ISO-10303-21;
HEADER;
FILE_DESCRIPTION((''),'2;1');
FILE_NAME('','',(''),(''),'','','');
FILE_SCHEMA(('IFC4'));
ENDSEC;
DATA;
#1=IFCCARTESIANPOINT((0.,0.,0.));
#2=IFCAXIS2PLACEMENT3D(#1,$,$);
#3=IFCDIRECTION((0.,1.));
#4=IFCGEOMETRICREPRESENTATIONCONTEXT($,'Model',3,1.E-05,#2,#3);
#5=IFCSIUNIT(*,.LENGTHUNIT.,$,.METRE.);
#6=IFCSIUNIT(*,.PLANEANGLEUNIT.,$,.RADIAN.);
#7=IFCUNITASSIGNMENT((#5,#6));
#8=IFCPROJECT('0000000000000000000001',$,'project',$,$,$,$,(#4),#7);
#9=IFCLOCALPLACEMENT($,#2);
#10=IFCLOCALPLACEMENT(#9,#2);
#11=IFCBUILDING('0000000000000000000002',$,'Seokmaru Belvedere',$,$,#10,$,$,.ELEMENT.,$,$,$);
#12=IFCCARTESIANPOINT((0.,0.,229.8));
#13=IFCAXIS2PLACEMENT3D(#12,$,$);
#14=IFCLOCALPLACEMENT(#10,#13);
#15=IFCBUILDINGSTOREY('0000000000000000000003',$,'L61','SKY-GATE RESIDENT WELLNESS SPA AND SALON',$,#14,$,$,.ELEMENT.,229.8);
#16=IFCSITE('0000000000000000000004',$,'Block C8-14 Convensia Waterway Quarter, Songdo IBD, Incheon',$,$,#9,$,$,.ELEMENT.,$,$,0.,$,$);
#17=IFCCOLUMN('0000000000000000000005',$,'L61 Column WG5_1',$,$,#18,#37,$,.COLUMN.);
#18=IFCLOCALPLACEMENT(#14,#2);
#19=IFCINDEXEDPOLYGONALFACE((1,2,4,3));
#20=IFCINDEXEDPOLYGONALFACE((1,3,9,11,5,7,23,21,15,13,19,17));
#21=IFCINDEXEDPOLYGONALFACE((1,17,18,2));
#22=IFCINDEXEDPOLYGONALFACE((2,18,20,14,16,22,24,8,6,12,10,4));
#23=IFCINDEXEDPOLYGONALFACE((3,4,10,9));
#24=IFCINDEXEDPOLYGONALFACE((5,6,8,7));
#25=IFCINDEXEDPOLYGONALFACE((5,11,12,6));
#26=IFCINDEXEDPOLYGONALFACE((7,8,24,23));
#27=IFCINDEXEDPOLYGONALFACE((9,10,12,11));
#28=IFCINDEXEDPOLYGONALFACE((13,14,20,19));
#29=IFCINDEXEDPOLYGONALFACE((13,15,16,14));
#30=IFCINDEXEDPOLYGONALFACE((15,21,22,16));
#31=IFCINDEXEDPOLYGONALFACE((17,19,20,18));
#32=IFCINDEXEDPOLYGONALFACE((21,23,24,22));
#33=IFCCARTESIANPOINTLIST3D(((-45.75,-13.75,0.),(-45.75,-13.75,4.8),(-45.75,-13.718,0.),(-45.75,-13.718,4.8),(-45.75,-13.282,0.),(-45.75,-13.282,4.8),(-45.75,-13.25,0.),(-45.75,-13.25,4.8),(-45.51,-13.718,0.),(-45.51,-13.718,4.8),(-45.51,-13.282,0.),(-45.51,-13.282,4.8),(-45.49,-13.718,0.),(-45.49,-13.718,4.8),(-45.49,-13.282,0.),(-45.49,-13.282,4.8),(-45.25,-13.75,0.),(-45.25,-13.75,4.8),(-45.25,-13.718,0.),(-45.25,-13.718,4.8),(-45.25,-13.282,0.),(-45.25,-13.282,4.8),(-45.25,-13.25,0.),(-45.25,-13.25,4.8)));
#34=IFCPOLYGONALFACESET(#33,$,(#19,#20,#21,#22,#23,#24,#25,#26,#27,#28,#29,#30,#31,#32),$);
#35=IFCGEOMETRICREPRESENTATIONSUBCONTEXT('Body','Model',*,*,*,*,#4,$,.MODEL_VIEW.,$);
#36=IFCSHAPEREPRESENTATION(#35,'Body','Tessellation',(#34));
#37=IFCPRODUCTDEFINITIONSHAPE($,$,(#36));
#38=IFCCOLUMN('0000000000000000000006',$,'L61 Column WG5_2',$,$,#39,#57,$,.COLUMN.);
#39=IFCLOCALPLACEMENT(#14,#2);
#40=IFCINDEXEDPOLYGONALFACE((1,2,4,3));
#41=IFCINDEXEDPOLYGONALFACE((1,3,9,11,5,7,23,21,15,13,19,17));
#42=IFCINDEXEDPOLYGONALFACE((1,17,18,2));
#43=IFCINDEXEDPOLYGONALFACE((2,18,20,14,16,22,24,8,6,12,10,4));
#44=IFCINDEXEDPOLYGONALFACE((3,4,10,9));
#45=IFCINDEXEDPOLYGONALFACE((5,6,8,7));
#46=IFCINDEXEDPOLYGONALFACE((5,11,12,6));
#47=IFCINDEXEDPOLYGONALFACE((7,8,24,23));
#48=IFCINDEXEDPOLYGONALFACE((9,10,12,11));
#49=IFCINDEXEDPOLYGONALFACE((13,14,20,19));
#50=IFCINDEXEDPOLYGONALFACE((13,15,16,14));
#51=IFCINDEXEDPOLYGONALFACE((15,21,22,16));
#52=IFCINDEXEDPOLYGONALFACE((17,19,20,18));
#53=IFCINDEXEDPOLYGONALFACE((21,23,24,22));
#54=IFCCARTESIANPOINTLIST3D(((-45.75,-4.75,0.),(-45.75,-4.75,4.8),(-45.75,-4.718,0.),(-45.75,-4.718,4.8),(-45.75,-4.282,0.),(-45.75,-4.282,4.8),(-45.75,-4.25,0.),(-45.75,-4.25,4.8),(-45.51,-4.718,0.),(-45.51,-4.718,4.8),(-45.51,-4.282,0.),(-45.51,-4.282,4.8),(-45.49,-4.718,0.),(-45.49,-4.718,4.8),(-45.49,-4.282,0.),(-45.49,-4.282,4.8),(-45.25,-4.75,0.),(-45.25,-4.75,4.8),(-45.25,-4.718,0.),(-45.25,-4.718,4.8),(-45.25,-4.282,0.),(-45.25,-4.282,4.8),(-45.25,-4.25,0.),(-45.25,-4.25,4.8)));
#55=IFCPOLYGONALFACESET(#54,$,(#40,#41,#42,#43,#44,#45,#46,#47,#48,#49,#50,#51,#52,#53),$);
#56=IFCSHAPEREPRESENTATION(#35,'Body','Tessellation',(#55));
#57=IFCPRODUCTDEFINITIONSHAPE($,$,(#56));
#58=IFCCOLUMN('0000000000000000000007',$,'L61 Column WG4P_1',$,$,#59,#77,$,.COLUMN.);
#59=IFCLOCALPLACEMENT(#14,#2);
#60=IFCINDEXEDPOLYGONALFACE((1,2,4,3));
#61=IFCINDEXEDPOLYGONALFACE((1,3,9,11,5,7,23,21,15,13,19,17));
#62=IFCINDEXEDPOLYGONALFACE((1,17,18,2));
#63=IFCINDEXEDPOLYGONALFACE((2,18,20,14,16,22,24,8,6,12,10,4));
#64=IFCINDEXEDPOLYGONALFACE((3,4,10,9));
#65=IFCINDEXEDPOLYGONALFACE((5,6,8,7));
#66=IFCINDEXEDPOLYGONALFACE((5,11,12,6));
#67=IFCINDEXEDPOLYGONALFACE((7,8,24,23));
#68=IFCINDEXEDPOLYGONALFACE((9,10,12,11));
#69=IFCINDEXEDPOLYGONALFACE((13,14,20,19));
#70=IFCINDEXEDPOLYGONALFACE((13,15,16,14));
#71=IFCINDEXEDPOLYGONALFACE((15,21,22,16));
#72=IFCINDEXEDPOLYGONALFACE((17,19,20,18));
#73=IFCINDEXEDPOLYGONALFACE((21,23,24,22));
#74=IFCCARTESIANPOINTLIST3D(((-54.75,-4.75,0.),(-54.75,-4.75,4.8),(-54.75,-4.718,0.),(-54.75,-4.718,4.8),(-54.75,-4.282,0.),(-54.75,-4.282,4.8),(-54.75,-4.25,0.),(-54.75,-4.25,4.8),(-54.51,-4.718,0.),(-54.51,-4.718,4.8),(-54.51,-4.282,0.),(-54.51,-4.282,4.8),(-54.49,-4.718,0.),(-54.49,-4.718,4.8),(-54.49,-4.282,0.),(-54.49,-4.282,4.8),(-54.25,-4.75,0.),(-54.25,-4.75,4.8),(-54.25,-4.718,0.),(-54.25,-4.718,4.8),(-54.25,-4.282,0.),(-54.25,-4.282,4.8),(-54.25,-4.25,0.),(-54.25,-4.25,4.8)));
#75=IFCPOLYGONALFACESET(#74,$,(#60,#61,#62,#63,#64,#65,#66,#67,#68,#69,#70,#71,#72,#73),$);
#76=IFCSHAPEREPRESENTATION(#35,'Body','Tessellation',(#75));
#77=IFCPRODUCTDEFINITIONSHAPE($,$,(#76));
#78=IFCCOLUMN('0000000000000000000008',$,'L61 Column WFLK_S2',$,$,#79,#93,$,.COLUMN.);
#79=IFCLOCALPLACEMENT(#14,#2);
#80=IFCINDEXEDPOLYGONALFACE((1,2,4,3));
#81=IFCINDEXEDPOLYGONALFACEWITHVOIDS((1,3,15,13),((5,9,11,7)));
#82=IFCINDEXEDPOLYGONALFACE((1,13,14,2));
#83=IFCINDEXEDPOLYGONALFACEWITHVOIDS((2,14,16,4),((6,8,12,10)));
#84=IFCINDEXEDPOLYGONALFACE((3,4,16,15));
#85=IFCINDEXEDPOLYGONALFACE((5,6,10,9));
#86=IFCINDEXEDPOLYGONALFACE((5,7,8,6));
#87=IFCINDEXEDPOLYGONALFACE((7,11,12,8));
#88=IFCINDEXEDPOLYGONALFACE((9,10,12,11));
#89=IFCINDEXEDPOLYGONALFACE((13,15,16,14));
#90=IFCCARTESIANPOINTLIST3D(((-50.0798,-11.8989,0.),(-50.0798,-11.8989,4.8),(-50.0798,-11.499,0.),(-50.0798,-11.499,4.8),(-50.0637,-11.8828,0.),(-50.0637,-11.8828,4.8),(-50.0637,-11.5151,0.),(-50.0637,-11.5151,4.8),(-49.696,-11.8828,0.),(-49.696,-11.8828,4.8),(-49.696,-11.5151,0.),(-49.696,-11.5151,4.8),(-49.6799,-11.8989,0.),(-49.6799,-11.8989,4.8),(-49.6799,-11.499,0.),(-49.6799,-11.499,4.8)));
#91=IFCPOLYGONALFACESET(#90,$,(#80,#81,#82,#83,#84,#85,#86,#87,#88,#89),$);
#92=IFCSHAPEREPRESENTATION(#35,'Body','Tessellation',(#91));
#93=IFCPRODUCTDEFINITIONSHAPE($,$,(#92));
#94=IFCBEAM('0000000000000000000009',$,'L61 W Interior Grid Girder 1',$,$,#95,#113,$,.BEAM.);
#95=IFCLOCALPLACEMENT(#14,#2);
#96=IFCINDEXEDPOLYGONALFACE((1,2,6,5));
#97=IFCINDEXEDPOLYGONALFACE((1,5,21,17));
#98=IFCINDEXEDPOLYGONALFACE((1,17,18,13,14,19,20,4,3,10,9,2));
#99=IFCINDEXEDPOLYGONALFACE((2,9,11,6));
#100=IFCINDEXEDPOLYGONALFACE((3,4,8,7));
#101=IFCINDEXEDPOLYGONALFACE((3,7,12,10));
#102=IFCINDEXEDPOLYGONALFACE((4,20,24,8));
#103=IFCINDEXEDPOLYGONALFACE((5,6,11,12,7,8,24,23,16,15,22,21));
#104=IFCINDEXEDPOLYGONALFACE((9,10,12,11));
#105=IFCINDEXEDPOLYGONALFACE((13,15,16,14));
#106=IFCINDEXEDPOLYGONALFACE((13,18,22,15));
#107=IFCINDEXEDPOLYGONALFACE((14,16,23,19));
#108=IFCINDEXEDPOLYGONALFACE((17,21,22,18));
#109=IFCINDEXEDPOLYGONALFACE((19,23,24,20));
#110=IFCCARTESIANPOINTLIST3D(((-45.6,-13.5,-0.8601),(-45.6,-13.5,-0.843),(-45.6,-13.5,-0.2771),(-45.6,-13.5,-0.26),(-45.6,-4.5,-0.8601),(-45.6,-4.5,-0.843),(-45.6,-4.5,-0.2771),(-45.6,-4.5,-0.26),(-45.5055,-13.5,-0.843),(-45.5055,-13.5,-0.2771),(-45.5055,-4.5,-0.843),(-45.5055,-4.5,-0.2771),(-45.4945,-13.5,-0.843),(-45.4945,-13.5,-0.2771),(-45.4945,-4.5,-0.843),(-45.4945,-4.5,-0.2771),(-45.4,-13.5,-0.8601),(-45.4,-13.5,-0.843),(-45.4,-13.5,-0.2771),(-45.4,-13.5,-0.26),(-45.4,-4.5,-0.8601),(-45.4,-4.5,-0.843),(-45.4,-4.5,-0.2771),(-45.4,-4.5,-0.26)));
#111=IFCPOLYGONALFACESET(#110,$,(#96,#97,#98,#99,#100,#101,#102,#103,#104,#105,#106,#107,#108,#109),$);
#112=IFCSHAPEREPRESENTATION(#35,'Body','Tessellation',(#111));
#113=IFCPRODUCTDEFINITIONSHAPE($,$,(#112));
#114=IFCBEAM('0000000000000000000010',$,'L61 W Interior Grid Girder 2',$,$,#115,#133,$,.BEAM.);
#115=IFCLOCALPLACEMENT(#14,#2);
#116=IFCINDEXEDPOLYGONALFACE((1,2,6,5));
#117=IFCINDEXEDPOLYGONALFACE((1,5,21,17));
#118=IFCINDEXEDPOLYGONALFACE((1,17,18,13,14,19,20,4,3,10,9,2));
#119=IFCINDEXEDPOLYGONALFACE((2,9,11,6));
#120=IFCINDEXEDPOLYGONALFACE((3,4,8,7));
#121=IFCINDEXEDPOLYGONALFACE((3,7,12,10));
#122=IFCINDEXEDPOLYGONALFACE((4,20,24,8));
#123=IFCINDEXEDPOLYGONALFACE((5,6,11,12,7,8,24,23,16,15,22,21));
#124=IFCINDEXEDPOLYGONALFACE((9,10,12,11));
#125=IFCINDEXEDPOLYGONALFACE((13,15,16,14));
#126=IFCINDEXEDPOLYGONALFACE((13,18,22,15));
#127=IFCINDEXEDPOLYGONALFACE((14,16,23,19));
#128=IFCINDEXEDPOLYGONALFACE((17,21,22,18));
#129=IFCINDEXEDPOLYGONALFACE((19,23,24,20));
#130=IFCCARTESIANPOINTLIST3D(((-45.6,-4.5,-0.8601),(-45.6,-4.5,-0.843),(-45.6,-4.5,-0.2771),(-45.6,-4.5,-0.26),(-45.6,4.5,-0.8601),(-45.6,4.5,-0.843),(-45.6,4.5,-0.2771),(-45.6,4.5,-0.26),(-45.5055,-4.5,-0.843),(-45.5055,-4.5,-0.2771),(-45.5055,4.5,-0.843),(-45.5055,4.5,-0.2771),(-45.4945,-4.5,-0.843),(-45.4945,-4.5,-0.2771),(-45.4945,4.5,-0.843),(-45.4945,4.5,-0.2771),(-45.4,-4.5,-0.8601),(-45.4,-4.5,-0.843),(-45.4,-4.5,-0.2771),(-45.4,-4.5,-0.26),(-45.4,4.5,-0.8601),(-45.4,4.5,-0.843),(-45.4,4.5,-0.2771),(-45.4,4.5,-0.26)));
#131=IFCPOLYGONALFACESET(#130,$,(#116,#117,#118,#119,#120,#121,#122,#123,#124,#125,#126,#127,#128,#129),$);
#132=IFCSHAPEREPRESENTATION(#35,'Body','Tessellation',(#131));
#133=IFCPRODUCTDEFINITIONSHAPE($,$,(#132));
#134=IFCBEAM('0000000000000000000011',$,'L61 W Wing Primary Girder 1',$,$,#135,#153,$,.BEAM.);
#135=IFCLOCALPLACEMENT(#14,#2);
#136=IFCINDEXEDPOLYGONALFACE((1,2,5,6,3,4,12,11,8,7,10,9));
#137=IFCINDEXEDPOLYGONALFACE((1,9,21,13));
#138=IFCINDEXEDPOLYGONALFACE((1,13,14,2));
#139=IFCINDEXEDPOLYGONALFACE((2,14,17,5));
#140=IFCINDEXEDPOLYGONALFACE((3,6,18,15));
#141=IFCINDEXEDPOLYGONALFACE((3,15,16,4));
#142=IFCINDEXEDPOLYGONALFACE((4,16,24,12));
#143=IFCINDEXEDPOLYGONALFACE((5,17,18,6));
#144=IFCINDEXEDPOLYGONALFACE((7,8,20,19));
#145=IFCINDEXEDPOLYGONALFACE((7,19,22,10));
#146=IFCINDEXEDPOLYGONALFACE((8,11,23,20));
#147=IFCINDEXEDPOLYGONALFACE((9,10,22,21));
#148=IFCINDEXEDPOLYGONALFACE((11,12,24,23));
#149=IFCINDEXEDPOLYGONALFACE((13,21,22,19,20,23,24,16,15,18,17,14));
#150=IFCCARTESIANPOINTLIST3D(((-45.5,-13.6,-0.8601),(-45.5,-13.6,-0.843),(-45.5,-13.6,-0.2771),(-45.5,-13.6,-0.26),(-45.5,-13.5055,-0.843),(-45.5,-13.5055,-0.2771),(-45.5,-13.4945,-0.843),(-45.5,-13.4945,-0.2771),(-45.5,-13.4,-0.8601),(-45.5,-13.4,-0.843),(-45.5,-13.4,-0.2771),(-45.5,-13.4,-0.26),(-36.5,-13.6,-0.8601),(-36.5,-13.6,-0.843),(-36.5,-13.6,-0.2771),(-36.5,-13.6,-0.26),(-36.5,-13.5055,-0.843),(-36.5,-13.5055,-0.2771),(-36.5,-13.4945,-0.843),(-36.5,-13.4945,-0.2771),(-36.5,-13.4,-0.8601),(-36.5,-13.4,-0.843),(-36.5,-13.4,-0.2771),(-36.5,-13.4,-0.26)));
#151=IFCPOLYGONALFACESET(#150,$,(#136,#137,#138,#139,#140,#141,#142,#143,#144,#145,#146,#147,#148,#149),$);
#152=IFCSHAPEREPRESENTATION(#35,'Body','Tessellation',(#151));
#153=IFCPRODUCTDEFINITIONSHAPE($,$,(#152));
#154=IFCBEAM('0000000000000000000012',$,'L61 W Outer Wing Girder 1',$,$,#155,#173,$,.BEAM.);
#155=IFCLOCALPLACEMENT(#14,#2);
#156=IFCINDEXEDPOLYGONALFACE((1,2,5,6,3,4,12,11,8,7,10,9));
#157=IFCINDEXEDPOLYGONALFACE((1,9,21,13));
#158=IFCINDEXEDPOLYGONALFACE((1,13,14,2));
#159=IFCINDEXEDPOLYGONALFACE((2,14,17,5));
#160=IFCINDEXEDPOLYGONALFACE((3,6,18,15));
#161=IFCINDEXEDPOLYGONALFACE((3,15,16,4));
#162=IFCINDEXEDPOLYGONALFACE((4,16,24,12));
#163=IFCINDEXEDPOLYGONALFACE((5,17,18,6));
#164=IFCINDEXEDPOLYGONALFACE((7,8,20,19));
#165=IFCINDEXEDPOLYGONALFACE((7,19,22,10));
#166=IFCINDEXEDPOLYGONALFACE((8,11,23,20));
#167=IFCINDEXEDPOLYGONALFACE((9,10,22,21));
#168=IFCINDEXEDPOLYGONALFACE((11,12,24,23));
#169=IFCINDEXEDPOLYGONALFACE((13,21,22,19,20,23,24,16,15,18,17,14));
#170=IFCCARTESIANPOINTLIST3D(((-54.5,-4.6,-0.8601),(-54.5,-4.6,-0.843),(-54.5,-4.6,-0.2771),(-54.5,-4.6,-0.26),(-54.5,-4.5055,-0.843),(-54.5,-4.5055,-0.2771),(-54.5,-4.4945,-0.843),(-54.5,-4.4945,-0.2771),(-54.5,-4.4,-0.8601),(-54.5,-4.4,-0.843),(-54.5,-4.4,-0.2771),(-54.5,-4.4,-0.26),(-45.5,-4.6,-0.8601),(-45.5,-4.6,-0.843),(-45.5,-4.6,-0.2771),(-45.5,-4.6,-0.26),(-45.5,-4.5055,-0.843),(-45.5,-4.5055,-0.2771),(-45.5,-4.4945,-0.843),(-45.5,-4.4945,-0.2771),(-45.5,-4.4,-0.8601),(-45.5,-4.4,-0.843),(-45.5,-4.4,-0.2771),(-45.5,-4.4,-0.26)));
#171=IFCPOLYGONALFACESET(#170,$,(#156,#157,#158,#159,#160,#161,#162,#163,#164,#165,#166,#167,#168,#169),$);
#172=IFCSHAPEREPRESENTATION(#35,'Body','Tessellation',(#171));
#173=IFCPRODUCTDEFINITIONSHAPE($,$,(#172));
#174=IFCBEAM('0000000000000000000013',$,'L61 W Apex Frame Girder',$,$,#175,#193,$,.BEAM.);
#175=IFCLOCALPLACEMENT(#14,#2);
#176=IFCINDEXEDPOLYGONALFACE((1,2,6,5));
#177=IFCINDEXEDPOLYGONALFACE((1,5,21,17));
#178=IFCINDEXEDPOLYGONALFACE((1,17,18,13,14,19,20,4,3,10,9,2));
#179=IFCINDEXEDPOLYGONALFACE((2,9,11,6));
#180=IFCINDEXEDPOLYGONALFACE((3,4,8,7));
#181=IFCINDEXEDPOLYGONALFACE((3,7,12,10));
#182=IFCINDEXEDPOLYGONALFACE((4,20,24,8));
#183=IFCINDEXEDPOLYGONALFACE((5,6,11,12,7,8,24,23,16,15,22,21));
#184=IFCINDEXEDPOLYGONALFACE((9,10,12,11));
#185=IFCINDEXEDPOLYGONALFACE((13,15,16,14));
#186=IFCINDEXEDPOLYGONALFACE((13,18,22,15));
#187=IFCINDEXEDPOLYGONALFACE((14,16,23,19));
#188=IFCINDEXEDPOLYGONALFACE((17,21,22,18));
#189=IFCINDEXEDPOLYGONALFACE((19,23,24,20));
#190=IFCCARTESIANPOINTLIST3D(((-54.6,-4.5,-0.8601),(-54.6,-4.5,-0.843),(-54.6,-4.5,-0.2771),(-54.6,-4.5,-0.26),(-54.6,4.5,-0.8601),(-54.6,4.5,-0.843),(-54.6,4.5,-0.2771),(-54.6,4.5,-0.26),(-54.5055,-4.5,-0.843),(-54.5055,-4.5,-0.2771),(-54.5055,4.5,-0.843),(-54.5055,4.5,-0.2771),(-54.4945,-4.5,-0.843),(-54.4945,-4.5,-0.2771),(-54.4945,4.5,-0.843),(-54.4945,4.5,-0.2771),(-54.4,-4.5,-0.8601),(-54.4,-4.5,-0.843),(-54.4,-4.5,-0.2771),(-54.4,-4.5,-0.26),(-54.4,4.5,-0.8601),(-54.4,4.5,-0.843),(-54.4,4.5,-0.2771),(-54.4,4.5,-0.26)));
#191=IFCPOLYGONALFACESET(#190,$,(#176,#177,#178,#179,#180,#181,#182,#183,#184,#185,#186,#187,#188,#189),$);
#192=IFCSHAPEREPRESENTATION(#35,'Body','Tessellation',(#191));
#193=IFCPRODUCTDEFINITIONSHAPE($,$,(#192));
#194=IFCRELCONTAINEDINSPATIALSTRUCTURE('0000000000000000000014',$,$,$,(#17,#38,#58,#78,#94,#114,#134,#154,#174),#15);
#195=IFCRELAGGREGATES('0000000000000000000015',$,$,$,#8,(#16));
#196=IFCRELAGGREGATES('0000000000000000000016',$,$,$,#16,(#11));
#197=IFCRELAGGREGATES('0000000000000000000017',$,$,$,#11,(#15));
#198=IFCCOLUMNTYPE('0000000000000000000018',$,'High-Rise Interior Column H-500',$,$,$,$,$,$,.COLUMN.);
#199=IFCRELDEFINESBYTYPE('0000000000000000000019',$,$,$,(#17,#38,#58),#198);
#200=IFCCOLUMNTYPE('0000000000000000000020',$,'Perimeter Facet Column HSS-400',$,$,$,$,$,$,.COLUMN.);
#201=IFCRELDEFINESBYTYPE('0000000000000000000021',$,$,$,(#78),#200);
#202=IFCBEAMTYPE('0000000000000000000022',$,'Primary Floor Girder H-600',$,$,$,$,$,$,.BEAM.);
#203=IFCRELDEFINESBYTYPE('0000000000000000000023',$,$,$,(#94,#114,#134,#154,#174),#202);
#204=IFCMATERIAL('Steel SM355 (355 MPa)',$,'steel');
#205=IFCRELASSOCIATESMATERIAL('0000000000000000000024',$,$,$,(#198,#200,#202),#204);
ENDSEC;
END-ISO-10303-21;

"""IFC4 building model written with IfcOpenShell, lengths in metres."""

from ifc_helpers import new_model, si_unit, direction, frame, origin, origin_2d, place, context, subcontext, project, spatial, hollow_rectangle, i_section, extrude, source, transform, mapped, material, material_profile, profile_set, type_object, type_shapes, element, save


model = new_model("IFC4")

# Units and contexts
model_context = context("Model", 3, precision=1e-05, world=origin(), true_north=direction((0.0, 1.0)))
body_context = subcontext(model_context, "Body", "Model", "MODEL_VIEW")
ifc_project = project(units=[si_unit("LENGTHUNIT", "METRE"), si_unit("PLANEANGLEUNIT", "RADIAN")], contexts=[model_context])

# Site, building, storey
site_placement = place(None, origin())
site = spatial("IfcSite", under=ifc_project, at=site_placement, Name="Block C8-14 Convensia Waterway Quarter, Songdo IBD, Incheon", CompositionType="ELEMENT", RefElevation=0.0)
building_placement = place(site_placement, origin())
building = spatial("IfcBuilding", under=site, at=building_placement, Name="Seokmaru Belvedere", CompositionType="ELEMENT")
storey_placement = place(building_placement, frame((0.0, 0.0, 229.8)))
storey = spatial("IfcBuildingStorey", under=building, at=storey_placement, Name="L61", Description="SKY-GATE RESIDENT WELLNESS SPA AND SALON", CompositionType="ELEMENT", Elevation=229.8)

# Columns
ifc_material_1 = material(Name="Steel SM355 (355 MPa)", Category="steel")
ifc_material_profile_1 = material_profile(ifc_material_1, i_section(OverallWidth=0.5, OverallDepth=0.5, WebThickness=0.02, FlangeThickness=0.032, at=origin_2d()), Name="H-500x500x20x32")
ifc_profile_set_1 = profile_set([ifc_material_profile_1], Name="Steel SM355 (355 MPa)")
column_type_1 = type_object("IfcColumnType", Name="High-Rise Interior Column H-500", PredefinedType="COLUMN", material=ifc_profile_set_1)
shared_shape_1 = source(origin(), body_context, "Body", "SweptSolid", [
    extrude(i_section(OverallWidth=0.5, OverallDepth=0.5, WebThickness=0.02, FlangeThickness=0.032, at=origin_2d()), origin(), (0.0, 0.0, 1.0), 4.8),
])
type_shapes(column_type_1, [shared_shape_1])
for number, where, z_axis, x_axis, name in (
    (1, (-45.5, -13.5, 0.0), (0.0, 0.0, 1.0), (1.0, 0.0, 0.0), "L61 Column WG5_1"),
    (2, (-45.5, -4.5, 0.0), (0.0, 0.0, 1.0), (1.0, 0.0, 0.0), "L61 Column WG5_2"),
    (3, (-54.5, -4.5, 0.0), (0.0, 0.0, 1.0), (1.0, 0.0, 0.0), "L61 Column WG4P_1"),
):
    element("IfcColumn", number, at=place(storey_placement, frame(where, z_axis=z_axis, x_axis=x_axis)), inside=storey, type_object=column_type_1, Name=name, PredefinedType="COLUMN", context=body_context, shape_type="MappedRepresentation", body=[
        mapped(shared_shape_1, transform((0.0, 0.0, 0.0), scale=1.0)),
    ])
ifc_material_profile_2 = material_profile(ifc_material_1, hollow_rectangle(XDim=0.3999, YDim=0.3999, WallThickness=0.0161, at=origin_2d()), Name="HSS-400x400x16")
ifc_profile_set_2 = profile_set([ifc_material_profile_2], Name="Steel SM355 (355 MPa)")
column_type_2 = type_object("IfcColumnType", Name="Perimeter Facet Column HSS-400", PredefinedType="COLUMN", material=ifc_profile_set_2)
shared_shape_2 = source(origin(), body_context, "Body", "SweptSolid", [
    extrude(hollow_rectangle(XDim=0.3999, YDim=0.3999, WallThickness=0.0161, at=origin_2d()), origin(), (0.0, 0.0, 1.0), 4.8),
])
type_shapes(column_type_2, [shared_shape_2])
column_placement = place(storey_placement, frame((-49.8799, -11.699, 0.0), z_axis=(0.0, 0.0, 1.0), x_axis=(1.0, 0.0, 0.0)))
element("IfcColumn", 4, at=column_placement, inside=storey, type_object=column_type_2, Name="L61 Column WFLK_S2", PredefinedType="COLUMN", context=body_context, shape_type="MappedRepresentation", body=[
    mapped(shared_shape_2, transform((0.0, 0.0, 0.0), scale=1.0)),
])

# Beams
ifc_material_profile_3 = material_profile(ifc_material_1, i_section(OverallWidth=0.2, OverallDepth=0.6001, WebThickness=0.011, FlangeThickness=0.0171, at=origin_2d()), Name="H-600x200x11x17")
ifc_profile_set_3 = profile_set([ifc_material_profile_3], Name="Steel SM355 (355 MPa)")
beam_type_1 = type_object("IfcBeamType", Name="Primary Floor Girder H-600", PredefinedType="BEAM", material=ifc_profile_set_3)
shared_shape_3 = source(origin(), body_context, "Body", "SweptSolid", [
    extrude(i_section(OverallWidth=0.2, OverallDepth=0.6001, WebThickness=0.011, FlangeThickness=0.0171, at=origin_2d()), origin(), (0.0, 0.0, 1.0), 9.0),
])
for number, where, z_axis, x_axis, name in (
    (5, (-45.5, -13.5, -0.5601), (0.0, 1.0, 0.0), (-1.0, 0.0, 0.0), "L61 W Interior Grid Girder 1"),
    (6, (-45.5, -4.5, -0.5601), (0.0, 1.0, 0.0), (-1.0, 0.0, 0.0), "L61 W Interior Grid Girder 2"),
    (7, (-45.5, -13.5, -0.5601), (1.0, 0.0, 0.0), (0.0, 1.0, 0.0), "L61 W Wing Primary Girder 1"),
    (8, (-54.5, -4.5, -0.5601), (1.0, 0.0, 0.0), (0.0, 1.0, 0.0), "L61 W Outer Wing Girder 1"),
    (9, (-54.5, -4.5, -0.5601), (0.0, 1.0, 0.0), (-1.0, 0.0, 0.0), "L61 W Apex Frame Girder"),
):
    element("IfcBeam", number, at=place(storey_placement, frame(where, z_axis=z_axis, x_axis=x_axis)), inside=storey, type_object=beam_type_1, Name=name, PredefinedType="BEAM", context=body_context, shape_type="MappedRepresentation", body=[
        mapped(shared_shape_3, transform((0.0, 0.0, 0.0), scale=1.0)),
    ])

save(model, "model.ifc")
